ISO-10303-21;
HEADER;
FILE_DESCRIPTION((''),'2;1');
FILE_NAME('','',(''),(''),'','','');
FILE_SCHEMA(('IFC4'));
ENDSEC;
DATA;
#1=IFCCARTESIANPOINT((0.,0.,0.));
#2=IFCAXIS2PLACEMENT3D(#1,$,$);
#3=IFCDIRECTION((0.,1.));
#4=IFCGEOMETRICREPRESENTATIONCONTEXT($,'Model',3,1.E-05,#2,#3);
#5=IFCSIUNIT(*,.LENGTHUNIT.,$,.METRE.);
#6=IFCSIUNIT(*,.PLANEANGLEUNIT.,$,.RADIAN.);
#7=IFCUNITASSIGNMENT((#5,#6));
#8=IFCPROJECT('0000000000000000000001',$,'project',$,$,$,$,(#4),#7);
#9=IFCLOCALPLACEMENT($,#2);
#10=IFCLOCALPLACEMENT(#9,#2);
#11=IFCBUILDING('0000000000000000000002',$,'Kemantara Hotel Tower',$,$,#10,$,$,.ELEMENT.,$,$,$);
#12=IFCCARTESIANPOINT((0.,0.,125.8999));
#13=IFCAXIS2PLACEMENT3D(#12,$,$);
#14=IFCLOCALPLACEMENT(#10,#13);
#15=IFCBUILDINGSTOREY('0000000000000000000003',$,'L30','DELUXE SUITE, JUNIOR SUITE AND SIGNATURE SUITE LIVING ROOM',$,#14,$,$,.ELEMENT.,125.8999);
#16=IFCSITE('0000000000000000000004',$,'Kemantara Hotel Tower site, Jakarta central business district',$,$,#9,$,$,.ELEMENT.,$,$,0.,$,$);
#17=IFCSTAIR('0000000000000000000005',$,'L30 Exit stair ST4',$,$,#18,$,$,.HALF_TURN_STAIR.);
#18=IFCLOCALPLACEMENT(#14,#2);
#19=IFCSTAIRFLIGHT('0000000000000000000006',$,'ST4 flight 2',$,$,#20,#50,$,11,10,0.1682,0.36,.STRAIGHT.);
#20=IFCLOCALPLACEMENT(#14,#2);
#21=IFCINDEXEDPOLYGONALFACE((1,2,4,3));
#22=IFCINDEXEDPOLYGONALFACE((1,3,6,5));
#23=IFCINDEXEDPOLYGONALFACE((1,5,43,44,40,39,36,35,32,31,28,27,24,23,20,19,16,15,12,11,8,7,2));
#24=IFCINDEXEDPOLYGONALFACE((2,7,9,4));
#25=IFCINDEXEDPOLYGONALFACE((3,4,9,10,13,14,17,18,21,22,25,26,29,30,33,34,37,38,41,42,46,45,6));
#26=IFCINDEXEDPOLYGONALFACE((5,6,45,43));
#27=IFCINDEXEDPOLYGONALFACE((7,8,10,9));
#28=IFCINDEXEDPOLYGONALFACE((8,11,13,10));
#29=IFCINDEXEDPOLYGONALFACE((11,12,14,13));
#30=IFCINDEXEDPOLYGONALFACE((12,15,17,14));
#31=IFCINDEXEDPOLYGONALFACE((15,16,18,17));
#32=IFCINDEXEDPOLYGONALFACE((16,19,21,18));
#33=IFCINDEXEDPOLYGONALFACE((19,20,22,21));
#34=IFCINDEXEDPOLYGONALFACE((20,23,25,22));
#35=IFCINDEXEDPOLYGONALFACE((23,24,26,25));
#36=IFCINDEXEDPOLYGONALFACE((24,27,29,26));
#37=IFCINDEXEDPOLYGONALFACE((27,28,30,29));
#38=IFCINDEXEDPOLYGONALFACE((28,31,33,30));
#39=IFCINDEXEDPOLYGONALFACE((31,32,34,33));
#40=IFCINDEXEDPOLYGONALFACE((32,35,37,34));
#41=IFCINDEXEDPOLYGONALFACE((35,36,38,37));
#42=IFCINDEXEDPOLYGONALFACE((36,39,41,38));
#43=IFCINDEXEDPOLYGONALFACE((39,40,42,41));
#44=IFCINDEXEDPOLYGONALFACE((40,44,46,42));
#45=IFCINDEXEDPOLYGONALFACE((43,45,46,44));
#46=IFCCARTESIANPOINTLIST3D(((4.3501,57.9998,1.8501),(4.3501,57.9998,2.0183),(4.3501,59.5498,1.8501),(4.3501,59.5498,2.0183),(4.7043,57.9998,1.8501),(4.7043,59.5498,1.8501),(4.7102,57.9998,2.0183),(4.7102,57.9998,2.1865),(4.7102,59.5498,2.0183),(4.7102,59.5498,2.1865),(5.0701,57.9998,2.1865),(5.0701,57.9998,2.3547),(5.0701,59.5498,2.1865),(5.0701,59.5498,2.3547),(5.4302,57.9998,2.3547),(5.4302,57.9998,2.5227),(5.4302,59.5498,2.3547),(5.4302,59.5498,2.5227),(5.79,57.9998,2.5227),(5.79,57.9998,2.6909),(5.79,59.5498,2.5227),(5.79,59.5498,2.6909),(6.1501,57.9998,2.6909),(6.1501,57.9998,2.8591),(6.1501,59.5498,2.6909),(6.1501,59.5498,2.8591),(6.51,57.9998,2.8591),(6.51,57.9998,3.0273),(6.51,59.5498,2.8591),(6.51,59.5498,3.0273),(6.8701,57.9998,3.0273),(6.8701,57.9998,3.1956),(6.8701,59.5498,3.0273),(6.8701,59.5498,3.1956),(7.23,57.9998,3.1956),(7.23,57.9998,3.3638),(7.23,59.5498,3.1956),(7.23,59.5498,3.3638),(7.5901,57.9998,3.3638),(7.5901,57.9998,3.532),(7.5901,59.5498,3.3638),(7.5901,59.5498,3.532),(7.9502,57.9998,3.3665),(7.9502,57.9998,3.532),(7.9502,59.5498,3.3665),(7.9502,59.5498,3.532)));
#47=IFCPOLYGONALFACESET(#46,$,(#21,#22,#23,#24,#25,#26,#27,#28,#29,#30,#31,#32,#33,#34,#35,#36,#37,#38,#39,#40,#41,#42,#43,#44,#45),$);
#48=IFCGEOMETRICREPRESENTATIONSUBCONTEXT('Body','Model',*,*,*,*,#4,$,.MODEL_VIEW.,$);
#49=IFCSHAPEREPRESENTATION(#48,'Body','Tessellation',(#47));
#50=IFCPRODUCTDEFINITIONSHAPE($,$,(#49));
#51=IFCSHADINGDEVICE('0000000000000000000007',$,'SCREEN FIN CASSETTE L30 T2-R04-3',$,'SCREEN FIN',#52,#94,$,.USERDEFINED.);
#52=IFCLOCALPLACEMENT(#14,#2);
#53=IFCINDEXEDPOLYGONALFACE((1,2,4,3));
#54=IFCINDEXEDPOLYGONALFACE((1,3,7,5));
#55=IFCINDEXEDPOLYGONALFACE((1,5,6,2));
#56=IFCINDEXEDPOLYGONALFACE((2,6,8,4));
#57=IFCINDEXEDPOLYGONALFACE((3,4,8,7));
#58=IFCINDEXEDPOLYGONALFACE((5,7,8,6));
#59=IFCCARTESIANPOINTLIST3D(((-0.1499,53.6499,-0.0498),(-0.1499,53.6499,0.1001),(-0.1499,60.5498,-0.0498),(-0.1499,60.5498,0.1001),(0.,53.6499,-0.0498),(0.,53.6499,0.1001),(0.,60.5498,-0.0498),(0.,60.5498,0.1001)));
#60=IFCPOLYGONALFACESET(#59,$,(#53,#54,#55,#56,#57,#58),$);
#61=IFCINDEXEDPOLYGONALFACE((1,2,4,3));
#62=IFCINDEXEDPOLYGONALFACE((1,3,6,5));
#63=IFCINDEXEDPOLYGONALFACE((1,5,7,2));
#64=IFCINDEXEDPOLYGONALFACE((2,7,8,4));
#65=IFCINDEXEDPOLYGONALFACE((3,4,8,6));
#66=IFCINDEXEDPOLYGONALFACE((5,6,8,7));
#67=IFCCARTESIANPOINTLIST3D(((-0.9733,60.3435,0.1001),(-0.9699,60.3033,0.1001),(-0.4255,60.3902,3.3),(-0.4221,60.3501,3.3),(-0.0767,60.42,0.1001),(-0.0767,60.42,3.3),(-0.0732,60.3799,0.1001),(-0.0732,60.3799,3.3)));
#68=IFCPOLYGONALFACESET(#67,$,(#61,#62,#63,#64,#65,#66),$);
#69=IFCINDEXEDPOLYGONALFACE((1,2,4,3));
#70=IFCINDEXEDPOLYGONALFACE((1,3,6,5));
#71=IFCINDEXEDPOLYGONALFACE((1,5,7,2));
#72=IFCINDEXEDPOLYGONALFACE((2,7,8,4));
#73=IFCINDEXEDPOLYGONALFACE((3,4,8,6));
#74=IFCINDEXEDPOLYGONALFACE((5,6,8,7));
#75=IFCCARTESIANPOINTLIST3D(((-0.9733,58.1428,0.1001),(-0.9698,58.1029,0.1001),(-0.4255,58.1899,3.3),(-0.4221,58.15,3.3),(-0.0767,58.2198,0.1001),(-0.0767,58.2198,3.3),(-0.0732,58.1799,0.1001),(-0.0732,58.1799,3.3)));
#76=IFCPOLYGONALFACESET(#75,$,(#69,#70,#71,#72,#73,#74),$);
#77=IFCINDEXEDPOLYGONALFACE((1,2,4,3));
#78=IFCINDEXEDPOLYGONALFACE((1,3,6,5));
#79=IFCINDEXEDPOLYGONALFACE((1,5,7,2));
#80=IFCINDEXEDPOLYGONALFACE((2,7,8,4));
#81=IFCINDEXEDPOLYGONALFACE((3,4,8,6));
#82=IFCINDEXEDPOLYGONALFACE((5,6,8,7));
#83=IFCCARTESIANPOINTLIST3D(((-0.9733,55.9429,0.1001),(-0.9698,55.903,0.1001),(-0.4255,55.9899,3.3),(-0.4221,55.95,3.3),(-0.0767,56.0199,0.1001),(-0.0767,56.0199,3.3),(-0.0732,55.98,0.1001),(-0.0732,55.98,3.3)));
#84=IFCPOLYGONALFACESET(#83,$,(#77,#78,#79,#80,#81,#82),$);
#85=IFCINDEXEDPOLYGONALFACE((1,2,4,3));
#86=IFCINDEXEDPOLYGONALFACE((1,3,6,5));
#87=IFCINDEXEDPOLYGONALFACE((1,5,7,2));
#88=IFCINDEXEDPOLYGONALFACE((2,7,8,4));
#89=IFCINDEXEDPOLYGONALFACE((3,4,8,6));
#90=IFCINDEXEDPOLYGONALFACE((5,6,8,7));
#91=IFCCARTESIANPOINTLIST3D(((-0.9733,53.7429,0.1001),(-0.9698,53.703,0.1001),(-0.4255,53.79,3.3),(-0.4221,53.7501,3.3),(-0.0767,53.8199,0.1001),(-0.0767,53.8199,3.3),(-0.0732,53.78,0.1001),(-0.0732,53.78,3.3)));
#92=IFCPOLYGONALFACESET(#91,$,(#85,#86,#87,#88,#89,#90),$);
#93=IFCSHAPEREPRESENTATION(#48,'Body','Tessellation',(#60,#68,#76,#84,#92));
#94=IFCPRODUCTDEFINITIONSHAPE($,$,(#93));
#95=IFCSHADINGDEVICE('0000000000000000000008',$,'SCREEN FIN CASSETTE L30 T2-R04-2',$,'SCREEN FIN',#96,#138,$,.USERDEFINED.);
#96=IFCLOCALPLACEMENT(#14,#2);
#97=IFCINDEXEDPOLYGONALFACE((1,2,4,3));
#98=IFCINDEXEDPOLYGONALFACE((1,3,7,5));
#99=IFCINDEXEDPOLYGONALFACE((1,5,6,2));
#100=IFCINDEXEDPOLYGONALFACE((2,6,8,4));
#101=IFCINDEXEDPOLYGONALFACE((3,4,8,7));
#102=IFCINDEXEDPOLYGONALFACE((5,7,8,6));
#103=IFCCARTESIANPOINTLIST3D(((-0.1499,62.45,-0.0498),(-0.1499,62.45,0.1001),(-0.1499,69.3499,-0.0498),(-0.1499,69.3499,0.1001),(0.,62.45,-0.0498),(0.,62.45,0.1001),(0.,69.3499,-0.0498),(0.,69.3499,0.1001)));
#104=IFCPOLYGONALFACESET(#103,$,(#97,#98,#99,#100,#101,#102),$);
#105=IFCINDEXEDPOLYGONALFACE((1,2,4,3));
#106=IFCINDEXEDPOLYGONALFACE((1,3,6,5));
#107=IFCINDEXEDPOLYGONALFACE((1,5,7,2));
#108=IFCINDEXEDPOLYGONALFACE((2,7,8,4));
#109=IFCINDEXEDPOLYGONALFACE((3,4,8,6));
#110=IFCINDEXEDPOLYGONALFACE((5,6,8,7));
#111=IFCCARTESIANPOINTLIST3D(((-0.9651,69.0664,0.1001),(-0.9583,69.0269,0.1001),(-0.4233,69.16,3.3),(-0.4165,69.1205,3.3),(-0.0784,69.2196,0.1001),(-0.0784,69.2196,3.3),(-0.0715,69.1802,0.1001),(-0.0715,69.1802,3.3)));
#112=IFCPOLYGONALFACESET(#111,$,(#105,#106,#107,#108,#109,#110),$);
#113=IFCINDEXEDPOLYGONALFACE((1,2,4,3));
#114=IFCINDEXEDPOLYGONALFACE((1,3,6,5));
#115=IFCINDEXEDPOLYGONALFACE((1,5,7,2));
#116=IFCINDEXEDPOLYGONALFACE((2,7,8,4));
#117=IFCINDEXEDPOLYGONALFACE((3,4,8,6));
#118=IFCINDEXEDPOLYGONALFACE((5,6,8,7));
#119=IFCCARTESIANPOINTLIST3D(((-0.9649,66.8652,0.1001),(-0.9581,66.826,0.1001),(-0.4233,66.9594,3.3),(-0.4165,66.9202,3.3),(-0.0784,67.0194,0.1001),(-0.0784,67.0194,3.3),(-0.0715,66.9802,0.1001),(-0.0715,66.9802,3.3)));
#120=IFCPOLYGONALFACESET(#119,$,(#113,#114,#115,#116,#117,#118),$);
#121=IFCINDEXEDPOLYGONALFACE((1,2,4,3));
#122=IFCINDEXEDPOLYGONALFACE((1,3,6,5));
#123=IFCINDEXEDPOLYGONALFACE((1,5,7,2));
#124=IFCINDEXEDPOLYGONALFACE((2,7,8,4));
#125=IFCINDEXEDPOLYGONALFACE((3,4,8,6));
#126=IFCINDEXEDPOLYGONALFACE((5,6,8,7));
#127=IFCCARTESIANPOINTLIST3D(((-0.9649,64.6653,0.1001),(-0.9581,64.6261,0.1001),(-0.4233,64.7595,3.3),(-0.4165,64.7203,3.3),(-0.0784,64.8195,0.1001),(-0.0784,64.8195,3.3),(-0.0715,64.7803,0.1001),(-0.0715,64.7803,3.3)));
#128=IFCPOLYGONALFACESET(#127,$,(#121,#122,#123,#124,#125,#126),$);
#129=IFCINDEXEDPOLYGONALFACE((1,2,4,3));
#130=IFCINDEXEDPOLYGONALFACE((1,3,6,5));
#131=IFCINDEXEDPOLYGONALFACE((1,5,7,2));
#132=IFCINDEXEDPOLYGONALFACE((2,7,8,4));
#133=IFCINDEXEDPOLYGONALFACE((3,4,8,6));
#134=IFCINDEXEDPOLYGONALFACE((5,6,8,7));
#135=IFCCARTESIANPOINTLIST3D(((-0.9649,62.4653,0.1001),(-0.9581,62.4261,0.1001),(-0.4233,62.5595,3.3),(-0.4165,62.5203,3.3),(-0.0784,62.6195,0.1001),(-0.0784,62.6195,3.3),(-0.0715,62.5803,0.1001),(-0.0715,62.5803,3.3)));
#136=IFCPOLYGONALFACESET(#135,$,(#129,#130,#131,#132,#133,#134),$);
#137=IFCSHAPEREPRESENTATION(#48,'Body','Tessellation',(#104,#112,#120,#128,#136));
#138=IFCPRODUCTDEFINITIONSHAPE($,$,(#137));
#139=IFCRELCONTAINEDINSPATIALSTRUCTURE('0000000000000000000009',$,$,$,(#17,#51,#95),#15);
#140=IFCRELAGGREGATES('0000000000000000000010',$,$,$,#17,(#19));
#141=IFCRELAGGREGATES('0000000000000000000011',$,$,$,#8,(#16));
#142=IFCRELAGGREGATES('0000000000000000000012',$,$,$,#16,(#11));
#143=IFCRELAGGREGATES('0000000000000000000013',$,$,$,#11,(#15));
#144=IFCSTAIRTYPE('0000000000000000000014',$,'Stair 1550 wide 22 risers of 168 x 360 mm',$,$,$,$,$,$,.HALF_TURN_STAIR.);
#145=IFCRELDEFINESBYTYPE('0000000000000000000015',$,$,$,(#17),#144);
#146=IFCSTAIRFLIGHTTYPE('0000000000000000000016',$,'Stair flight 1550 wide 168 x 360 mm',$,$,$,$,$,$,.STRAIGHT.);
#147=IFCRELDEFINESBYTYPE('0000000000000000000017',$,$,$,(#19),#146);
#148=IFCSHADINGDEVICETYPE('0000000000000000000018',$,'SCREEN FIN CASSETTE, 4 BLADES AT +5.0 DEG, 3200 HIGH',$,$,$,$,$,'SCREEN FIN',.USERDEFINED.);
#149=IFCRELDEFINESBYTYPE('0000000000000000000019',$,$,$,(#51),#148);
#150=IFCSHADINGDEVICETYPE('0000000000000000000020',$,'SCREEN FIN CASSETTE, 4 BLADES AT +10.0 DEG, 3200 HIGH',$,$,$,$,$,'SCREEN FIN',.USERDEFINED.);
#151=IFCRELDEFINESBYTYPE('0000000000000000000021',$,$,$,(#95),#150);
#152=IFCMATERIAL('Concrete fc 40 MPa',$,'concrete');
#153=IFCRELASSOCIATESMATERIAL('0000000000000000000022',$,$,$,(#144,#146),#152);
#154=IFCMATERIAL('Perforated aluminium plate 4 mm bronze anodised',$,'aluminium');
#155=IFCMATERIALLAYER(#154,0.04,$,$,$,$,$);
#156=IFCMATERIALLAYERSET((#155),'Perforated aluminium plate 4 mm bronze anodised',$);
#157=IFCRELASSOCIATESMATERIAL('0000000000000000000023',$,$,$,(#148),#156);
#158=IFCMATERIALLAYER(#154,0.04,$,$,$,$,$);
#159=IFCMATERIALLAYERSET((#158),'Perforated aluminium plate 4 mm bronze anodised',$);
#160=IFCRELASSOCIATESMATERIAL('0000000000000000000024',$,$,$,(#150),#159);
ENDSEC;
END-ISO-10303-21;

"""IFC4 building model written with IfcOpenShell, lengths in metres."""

from ifc_helpers import new_model, si_unit, direction, frame, origin, origin_2d, place, context, subcontext, project, spatial, polyline, rectangle, outline, extrude, source, transform, mapped, material, layer, layer_set, type_object, element, aggregate, save


model = new_model("IFC4")

# Units and contexts
model_context = context("Model", 3, precision=1e-05, world=origin(), true_north=direction((0.0, 1.0)))
body_context = subcontext(model_context, "Body", "Model", "MODEL_VIEW")
ifc_project = project(units=[si_unit("LENGTHUNIT", "METRE"), si_unit("PLANEANGLEUNIT", "RADIAN")], contexts=[model_context])

# Site, building, storey
site_placement = place(None, origin())
site = spatial("IfcSite", under=ifc_project, at=site_placement, Name="Kemantara Hotel Tower site, Jakarta central business district", CompositionType="ELEMENT", RefElevation=0.0)
building_placement = place(site_placement, origin())
building = spatial("IfcBuilding", under=site, at=building_placement, Name="Kemantara Hotel Tower", CompositionType="ELEMENT")
storey_placement = place(building_placement, frame((0.0, 0.0, 125.8999)))
storey = spatial("IfcBuildingStorey", under=building, at=storey_placement, Name="L30", Description="DELUXE SUITE, JUNIOR SUITE AND SIGNATURE SUITE LIVING ROOM", CompositionType="ELEMENT", Elevation=125.8999)

# Shared definitions
ifc_material_1 = material(Name="Concrete fc 40 MPa", Category="concrete")

# Stair, stair flight
stair_type = type_object("IfcStairType", Name="Stair 1550 wide 22 risers of 168 x 360 mm", PredefinedType="HALF_TURN_STAIR", material=ifc_material_1)
stair_placement = place(storey_placement, origin())
stair = element("IfcStair", 1, at=stair_placement, inside=storey, type_object=stair_type, Name="L30 Exit stair ST4", PredefinedType="HALF_TURN_STAIR")
stair_flight_type = type_object("IfcStairFlightType", Name="Stair flight 1550 wide 168 x 360 mm", PredefinedType="STRAIGHT", material=ifc_material_1)
stair_flight_1_placement = place(storey_placement, frame((4.3501, 58.7749, 1.8501), z_axis=(0.0, 0.0, 1.0), x_axis=(1.0, 0.0, 0.0)))
stair_flight_1 = element("IfcStairFlight", 2, at=stair_flight_1_placement, type_object=stair_flight_type, Name="ST4 flight 2", NumberOfRisers=11, NumberOfTreads=10, PredefinedType="STRAIGHT", RiserHeight=0.1682, TreadLength=0.36, context=body_context, shape_type="SweptSolid", body=[
    extrude(outline(polyline([(0.0, 0.0), (0.0, 0.1682), (0.3601, 0.1682), (0.3601, 0.3364), (0.72, 0.3364), (0.72, 0.5046), (1.0801, 0.5046), (1.0801, 0.6726), (1.4399, 0.6726), (1.4399, 0.8408), (1.8, 0.8408), (1.8, 1.009), (2.1599, 1.009), (2.1599, 1.1772), (2.52, 1.1772), (2.52, 1.3455), (2.8799, 1.3455), (2.8799, 1.5137), (3.24, 1.5137), (3.24, 1.6819), (3.6001, 1.6819), (3.6001, 1.8501), (3.6001, 1.5164), (0.3542, 0.0), (0.0, 0.0)])), frame((0.0, 0.7749, 0.0), z_axis=(0.0, -1.0, 0.0), x_axis=(1.0, 0.0, 0.0)), (0.0, 0.0, 1.0), 1.55),
])
aggregate(stair, [stair_flight_1])

# Shading devices
ifc_material_2 = material(Name="Perforated aluminium plate 4 mm bronze anodised", Category="aluminium")
ifc_layer_1 = layer(ifc_material_2, 0.04)
ifc_layer_set_1 = layer_set([ifc_layer_1], Name="Perforated aluminium plate 4 mm bronze anodised")
shading_device_type_1 = type_object("IfcShadingDeviceType", Name="SCREEN FIN CASSETTE, 4 BLADES AT +5.0 DEG, 3200 HIGH", ElementType="SCREEN FIN", PredefinedType="USERDEFINED", material=ifc_layer_set_1)
shared_shape_1 = source(origin(), body_context, "Body", "SweptSolid", [
    extrude(rectangle(XDim=6.8999, YDim=0.1499, at=origin_2d()), frame((3.3, -0.075, -0.1499), z_axis=(0.0, 0.0, 1.0), x_axis=(1.0, 0.0, 0.0)), (0.0, 0.0, 1.0), 0.1499),
    extrude(outline(polyline([(0.0, 0.0), (0.8999, 0.0), (0.3501, 3.2), (0.0, 3.2), (0.0, 0.0)])), frame((0.02, -0.0732, 0.0), z_axis=(-0.996376, -0.085056, 0.0), x_axis=(0.085056, -0.996376, 0.0)), (0.0, 0.0, 1.0), 0.0403),
    extrude(outline(polyline([(0.0, 0.0), (0.8999, 0.0), (0.3501, 3.2), (0.0, 3.2), (0.0, 0.0)])), frame((2.22, -0.0732, 0.0), z_axis=(-0.996332, -0.085575, 0.0), x_axis=(0.085575, -0.996332, 0.0)), (0.0, 0.0, 1.0), 0.04),
    extrude(outline(polyline([(0.0, 0.0), (0.8999, 0.0), (0.3501, 3.2), (0.0, 3.2), (0.0, 0.0)])), frame((4.4199, -0.0732, 0.0), z_axis=(-0.996332, -0.085575, 0.0), x_axis=(0.085575, -0.996332, 0.0)), (0.0, 0.0, 1.0), 0.04),
    extrude(outline(polyline([(0.0, 0.0), (0.8999, 0.0), (0.3501, 3.2), (0.0, 3.2), (0.0, 0.0)])), frame((6.6199, -0.0732, 0.0), z_axis=(-0.996332, -0.085575, 0.0), x_axis=(0.085575, -0.996332, 0.0)), (0.0, 0.0, 1.0), 0.04),
])
shading_device_1_placement = place(storey_placement, frame((0.0, 60.3999, 0.1001), z_axis=(0.0, 0.0, 1.0), x_axis=(0.0, -1.0, 0.0)))
element("IfcShadingDevice", 3, at=shading_device_1_placement, inside=storey, type_object=shading_device_type_1, Name="SCREEN FIN CASSETTE L30 T2-R04-3", ObjectType="SCREEN FIN", PredefinedType="USERDEFINED", context=body_context, shape_type="MappedRepresentation", body=[
    mapped(shared_shape_1, transform((0.0, 0.0, 0.0))),
])
ifc_layer_2 = layer(ifc_material_2, 0.04)
ifc_layer_set_2 = layer_set([ifc_layer_2], Name="Perforated aluminium plate 4 mm bronze anodised")
shading_device_type_2 = type_object("IfcShadingDeviceType", Name="SCREEN FIN CASSETTE, 4 BLADES AT +10.0 DEG, 3200 HIGH", ElementType="SCREEN FIN", PredefinedType="USERDEFINED", material=ifc_layer_set_2)
shared_shape_2 = source(origin(), body_context, "Body", "SweptSolid", [
    extrude(rectangle(XDim=6.8999, YDim=0.1499, at=origin_2d()), frame((3.3, -0.075, -0.1499), z_axis=(0.0, 0.0, 1.0), x_axis=(1.0, 0.0, 0.0)), (0.0, 0.0, 1.0), 0.1499),
    extrude(outline(polyline([(0.0, 0.0), (0.8999, 0.0), (0.3501, 3.2), (0.0, 3.2), (0.0, 0.0)])), frame((0.0198, -0.0715, 0.0), z_axis=(-0.98539, -0.170314, 0.0), x_axis=(0.170314, -0.98539, 0.0)), (0.0, 0.0, 1.0), 0.04),
    extrude(outline(polyline([(0.0, 0.0), (0.8999, 0.0), (0.3501, 3.2), (0.0, 3.2), (0.0, 0.0)])), frame((2.2197, -0.0715, 0.0), z_axis=(-0.985212, -0.171341, 0.0), x_axis=(0.171341, -0.985212, 0.0)), (0.0, 0.0, 1.0), 0.0398),
    extrude(outline(polyline([(0.0, 0.0), (0.8999, 0.0), (0.3501, 3.2), (0.0, 3.2), (0.0, 0.0)])), frame((4.4197, -0.0715, 0.0), z_axis=(-0.985212, -0.171341, 0.0), x_axis=(0.171341, -0.985212, 0.0)), (0.0, 0.0, 1.0), 0.0398),
    extrude(outline(polyline([(0.0, 0.0), (0.8999, 0.0), (0.3501, 3.2), (0.0, 3.2), (0.0, 0.0)])), frame((6.6196, -0.0715, 0.0), z_axis=(-0.985212, -0.171341, 0.0), x_axis=(0.171341, -0.985212, 0.0)), (0.0, 0.0, 1.0), 0.0398),
])
shading_device_2_placement = place(storey_placement, frame((0.0, 69.2, 0.1001), z_axis=(0.0, 0.0, 1.0), x_axis=(0.0, -1.0, 0.0)))
element("IfcShadingDevice", 4, at=shading_device_2_placement, inside=storey, type_object=shading_device_type_2, Name="SCREEN FIN CASSETTE L30 T2-R04-2", ObjectType="SCREEN FIN", PredefinedType="USERDEFINED", context=body_context, shape_type="MappedRepresentation", body=[
    mapped(shared_shape_2, transform((0.0, 0.0, 0.0))),
])

save(model, "model.ifc")
